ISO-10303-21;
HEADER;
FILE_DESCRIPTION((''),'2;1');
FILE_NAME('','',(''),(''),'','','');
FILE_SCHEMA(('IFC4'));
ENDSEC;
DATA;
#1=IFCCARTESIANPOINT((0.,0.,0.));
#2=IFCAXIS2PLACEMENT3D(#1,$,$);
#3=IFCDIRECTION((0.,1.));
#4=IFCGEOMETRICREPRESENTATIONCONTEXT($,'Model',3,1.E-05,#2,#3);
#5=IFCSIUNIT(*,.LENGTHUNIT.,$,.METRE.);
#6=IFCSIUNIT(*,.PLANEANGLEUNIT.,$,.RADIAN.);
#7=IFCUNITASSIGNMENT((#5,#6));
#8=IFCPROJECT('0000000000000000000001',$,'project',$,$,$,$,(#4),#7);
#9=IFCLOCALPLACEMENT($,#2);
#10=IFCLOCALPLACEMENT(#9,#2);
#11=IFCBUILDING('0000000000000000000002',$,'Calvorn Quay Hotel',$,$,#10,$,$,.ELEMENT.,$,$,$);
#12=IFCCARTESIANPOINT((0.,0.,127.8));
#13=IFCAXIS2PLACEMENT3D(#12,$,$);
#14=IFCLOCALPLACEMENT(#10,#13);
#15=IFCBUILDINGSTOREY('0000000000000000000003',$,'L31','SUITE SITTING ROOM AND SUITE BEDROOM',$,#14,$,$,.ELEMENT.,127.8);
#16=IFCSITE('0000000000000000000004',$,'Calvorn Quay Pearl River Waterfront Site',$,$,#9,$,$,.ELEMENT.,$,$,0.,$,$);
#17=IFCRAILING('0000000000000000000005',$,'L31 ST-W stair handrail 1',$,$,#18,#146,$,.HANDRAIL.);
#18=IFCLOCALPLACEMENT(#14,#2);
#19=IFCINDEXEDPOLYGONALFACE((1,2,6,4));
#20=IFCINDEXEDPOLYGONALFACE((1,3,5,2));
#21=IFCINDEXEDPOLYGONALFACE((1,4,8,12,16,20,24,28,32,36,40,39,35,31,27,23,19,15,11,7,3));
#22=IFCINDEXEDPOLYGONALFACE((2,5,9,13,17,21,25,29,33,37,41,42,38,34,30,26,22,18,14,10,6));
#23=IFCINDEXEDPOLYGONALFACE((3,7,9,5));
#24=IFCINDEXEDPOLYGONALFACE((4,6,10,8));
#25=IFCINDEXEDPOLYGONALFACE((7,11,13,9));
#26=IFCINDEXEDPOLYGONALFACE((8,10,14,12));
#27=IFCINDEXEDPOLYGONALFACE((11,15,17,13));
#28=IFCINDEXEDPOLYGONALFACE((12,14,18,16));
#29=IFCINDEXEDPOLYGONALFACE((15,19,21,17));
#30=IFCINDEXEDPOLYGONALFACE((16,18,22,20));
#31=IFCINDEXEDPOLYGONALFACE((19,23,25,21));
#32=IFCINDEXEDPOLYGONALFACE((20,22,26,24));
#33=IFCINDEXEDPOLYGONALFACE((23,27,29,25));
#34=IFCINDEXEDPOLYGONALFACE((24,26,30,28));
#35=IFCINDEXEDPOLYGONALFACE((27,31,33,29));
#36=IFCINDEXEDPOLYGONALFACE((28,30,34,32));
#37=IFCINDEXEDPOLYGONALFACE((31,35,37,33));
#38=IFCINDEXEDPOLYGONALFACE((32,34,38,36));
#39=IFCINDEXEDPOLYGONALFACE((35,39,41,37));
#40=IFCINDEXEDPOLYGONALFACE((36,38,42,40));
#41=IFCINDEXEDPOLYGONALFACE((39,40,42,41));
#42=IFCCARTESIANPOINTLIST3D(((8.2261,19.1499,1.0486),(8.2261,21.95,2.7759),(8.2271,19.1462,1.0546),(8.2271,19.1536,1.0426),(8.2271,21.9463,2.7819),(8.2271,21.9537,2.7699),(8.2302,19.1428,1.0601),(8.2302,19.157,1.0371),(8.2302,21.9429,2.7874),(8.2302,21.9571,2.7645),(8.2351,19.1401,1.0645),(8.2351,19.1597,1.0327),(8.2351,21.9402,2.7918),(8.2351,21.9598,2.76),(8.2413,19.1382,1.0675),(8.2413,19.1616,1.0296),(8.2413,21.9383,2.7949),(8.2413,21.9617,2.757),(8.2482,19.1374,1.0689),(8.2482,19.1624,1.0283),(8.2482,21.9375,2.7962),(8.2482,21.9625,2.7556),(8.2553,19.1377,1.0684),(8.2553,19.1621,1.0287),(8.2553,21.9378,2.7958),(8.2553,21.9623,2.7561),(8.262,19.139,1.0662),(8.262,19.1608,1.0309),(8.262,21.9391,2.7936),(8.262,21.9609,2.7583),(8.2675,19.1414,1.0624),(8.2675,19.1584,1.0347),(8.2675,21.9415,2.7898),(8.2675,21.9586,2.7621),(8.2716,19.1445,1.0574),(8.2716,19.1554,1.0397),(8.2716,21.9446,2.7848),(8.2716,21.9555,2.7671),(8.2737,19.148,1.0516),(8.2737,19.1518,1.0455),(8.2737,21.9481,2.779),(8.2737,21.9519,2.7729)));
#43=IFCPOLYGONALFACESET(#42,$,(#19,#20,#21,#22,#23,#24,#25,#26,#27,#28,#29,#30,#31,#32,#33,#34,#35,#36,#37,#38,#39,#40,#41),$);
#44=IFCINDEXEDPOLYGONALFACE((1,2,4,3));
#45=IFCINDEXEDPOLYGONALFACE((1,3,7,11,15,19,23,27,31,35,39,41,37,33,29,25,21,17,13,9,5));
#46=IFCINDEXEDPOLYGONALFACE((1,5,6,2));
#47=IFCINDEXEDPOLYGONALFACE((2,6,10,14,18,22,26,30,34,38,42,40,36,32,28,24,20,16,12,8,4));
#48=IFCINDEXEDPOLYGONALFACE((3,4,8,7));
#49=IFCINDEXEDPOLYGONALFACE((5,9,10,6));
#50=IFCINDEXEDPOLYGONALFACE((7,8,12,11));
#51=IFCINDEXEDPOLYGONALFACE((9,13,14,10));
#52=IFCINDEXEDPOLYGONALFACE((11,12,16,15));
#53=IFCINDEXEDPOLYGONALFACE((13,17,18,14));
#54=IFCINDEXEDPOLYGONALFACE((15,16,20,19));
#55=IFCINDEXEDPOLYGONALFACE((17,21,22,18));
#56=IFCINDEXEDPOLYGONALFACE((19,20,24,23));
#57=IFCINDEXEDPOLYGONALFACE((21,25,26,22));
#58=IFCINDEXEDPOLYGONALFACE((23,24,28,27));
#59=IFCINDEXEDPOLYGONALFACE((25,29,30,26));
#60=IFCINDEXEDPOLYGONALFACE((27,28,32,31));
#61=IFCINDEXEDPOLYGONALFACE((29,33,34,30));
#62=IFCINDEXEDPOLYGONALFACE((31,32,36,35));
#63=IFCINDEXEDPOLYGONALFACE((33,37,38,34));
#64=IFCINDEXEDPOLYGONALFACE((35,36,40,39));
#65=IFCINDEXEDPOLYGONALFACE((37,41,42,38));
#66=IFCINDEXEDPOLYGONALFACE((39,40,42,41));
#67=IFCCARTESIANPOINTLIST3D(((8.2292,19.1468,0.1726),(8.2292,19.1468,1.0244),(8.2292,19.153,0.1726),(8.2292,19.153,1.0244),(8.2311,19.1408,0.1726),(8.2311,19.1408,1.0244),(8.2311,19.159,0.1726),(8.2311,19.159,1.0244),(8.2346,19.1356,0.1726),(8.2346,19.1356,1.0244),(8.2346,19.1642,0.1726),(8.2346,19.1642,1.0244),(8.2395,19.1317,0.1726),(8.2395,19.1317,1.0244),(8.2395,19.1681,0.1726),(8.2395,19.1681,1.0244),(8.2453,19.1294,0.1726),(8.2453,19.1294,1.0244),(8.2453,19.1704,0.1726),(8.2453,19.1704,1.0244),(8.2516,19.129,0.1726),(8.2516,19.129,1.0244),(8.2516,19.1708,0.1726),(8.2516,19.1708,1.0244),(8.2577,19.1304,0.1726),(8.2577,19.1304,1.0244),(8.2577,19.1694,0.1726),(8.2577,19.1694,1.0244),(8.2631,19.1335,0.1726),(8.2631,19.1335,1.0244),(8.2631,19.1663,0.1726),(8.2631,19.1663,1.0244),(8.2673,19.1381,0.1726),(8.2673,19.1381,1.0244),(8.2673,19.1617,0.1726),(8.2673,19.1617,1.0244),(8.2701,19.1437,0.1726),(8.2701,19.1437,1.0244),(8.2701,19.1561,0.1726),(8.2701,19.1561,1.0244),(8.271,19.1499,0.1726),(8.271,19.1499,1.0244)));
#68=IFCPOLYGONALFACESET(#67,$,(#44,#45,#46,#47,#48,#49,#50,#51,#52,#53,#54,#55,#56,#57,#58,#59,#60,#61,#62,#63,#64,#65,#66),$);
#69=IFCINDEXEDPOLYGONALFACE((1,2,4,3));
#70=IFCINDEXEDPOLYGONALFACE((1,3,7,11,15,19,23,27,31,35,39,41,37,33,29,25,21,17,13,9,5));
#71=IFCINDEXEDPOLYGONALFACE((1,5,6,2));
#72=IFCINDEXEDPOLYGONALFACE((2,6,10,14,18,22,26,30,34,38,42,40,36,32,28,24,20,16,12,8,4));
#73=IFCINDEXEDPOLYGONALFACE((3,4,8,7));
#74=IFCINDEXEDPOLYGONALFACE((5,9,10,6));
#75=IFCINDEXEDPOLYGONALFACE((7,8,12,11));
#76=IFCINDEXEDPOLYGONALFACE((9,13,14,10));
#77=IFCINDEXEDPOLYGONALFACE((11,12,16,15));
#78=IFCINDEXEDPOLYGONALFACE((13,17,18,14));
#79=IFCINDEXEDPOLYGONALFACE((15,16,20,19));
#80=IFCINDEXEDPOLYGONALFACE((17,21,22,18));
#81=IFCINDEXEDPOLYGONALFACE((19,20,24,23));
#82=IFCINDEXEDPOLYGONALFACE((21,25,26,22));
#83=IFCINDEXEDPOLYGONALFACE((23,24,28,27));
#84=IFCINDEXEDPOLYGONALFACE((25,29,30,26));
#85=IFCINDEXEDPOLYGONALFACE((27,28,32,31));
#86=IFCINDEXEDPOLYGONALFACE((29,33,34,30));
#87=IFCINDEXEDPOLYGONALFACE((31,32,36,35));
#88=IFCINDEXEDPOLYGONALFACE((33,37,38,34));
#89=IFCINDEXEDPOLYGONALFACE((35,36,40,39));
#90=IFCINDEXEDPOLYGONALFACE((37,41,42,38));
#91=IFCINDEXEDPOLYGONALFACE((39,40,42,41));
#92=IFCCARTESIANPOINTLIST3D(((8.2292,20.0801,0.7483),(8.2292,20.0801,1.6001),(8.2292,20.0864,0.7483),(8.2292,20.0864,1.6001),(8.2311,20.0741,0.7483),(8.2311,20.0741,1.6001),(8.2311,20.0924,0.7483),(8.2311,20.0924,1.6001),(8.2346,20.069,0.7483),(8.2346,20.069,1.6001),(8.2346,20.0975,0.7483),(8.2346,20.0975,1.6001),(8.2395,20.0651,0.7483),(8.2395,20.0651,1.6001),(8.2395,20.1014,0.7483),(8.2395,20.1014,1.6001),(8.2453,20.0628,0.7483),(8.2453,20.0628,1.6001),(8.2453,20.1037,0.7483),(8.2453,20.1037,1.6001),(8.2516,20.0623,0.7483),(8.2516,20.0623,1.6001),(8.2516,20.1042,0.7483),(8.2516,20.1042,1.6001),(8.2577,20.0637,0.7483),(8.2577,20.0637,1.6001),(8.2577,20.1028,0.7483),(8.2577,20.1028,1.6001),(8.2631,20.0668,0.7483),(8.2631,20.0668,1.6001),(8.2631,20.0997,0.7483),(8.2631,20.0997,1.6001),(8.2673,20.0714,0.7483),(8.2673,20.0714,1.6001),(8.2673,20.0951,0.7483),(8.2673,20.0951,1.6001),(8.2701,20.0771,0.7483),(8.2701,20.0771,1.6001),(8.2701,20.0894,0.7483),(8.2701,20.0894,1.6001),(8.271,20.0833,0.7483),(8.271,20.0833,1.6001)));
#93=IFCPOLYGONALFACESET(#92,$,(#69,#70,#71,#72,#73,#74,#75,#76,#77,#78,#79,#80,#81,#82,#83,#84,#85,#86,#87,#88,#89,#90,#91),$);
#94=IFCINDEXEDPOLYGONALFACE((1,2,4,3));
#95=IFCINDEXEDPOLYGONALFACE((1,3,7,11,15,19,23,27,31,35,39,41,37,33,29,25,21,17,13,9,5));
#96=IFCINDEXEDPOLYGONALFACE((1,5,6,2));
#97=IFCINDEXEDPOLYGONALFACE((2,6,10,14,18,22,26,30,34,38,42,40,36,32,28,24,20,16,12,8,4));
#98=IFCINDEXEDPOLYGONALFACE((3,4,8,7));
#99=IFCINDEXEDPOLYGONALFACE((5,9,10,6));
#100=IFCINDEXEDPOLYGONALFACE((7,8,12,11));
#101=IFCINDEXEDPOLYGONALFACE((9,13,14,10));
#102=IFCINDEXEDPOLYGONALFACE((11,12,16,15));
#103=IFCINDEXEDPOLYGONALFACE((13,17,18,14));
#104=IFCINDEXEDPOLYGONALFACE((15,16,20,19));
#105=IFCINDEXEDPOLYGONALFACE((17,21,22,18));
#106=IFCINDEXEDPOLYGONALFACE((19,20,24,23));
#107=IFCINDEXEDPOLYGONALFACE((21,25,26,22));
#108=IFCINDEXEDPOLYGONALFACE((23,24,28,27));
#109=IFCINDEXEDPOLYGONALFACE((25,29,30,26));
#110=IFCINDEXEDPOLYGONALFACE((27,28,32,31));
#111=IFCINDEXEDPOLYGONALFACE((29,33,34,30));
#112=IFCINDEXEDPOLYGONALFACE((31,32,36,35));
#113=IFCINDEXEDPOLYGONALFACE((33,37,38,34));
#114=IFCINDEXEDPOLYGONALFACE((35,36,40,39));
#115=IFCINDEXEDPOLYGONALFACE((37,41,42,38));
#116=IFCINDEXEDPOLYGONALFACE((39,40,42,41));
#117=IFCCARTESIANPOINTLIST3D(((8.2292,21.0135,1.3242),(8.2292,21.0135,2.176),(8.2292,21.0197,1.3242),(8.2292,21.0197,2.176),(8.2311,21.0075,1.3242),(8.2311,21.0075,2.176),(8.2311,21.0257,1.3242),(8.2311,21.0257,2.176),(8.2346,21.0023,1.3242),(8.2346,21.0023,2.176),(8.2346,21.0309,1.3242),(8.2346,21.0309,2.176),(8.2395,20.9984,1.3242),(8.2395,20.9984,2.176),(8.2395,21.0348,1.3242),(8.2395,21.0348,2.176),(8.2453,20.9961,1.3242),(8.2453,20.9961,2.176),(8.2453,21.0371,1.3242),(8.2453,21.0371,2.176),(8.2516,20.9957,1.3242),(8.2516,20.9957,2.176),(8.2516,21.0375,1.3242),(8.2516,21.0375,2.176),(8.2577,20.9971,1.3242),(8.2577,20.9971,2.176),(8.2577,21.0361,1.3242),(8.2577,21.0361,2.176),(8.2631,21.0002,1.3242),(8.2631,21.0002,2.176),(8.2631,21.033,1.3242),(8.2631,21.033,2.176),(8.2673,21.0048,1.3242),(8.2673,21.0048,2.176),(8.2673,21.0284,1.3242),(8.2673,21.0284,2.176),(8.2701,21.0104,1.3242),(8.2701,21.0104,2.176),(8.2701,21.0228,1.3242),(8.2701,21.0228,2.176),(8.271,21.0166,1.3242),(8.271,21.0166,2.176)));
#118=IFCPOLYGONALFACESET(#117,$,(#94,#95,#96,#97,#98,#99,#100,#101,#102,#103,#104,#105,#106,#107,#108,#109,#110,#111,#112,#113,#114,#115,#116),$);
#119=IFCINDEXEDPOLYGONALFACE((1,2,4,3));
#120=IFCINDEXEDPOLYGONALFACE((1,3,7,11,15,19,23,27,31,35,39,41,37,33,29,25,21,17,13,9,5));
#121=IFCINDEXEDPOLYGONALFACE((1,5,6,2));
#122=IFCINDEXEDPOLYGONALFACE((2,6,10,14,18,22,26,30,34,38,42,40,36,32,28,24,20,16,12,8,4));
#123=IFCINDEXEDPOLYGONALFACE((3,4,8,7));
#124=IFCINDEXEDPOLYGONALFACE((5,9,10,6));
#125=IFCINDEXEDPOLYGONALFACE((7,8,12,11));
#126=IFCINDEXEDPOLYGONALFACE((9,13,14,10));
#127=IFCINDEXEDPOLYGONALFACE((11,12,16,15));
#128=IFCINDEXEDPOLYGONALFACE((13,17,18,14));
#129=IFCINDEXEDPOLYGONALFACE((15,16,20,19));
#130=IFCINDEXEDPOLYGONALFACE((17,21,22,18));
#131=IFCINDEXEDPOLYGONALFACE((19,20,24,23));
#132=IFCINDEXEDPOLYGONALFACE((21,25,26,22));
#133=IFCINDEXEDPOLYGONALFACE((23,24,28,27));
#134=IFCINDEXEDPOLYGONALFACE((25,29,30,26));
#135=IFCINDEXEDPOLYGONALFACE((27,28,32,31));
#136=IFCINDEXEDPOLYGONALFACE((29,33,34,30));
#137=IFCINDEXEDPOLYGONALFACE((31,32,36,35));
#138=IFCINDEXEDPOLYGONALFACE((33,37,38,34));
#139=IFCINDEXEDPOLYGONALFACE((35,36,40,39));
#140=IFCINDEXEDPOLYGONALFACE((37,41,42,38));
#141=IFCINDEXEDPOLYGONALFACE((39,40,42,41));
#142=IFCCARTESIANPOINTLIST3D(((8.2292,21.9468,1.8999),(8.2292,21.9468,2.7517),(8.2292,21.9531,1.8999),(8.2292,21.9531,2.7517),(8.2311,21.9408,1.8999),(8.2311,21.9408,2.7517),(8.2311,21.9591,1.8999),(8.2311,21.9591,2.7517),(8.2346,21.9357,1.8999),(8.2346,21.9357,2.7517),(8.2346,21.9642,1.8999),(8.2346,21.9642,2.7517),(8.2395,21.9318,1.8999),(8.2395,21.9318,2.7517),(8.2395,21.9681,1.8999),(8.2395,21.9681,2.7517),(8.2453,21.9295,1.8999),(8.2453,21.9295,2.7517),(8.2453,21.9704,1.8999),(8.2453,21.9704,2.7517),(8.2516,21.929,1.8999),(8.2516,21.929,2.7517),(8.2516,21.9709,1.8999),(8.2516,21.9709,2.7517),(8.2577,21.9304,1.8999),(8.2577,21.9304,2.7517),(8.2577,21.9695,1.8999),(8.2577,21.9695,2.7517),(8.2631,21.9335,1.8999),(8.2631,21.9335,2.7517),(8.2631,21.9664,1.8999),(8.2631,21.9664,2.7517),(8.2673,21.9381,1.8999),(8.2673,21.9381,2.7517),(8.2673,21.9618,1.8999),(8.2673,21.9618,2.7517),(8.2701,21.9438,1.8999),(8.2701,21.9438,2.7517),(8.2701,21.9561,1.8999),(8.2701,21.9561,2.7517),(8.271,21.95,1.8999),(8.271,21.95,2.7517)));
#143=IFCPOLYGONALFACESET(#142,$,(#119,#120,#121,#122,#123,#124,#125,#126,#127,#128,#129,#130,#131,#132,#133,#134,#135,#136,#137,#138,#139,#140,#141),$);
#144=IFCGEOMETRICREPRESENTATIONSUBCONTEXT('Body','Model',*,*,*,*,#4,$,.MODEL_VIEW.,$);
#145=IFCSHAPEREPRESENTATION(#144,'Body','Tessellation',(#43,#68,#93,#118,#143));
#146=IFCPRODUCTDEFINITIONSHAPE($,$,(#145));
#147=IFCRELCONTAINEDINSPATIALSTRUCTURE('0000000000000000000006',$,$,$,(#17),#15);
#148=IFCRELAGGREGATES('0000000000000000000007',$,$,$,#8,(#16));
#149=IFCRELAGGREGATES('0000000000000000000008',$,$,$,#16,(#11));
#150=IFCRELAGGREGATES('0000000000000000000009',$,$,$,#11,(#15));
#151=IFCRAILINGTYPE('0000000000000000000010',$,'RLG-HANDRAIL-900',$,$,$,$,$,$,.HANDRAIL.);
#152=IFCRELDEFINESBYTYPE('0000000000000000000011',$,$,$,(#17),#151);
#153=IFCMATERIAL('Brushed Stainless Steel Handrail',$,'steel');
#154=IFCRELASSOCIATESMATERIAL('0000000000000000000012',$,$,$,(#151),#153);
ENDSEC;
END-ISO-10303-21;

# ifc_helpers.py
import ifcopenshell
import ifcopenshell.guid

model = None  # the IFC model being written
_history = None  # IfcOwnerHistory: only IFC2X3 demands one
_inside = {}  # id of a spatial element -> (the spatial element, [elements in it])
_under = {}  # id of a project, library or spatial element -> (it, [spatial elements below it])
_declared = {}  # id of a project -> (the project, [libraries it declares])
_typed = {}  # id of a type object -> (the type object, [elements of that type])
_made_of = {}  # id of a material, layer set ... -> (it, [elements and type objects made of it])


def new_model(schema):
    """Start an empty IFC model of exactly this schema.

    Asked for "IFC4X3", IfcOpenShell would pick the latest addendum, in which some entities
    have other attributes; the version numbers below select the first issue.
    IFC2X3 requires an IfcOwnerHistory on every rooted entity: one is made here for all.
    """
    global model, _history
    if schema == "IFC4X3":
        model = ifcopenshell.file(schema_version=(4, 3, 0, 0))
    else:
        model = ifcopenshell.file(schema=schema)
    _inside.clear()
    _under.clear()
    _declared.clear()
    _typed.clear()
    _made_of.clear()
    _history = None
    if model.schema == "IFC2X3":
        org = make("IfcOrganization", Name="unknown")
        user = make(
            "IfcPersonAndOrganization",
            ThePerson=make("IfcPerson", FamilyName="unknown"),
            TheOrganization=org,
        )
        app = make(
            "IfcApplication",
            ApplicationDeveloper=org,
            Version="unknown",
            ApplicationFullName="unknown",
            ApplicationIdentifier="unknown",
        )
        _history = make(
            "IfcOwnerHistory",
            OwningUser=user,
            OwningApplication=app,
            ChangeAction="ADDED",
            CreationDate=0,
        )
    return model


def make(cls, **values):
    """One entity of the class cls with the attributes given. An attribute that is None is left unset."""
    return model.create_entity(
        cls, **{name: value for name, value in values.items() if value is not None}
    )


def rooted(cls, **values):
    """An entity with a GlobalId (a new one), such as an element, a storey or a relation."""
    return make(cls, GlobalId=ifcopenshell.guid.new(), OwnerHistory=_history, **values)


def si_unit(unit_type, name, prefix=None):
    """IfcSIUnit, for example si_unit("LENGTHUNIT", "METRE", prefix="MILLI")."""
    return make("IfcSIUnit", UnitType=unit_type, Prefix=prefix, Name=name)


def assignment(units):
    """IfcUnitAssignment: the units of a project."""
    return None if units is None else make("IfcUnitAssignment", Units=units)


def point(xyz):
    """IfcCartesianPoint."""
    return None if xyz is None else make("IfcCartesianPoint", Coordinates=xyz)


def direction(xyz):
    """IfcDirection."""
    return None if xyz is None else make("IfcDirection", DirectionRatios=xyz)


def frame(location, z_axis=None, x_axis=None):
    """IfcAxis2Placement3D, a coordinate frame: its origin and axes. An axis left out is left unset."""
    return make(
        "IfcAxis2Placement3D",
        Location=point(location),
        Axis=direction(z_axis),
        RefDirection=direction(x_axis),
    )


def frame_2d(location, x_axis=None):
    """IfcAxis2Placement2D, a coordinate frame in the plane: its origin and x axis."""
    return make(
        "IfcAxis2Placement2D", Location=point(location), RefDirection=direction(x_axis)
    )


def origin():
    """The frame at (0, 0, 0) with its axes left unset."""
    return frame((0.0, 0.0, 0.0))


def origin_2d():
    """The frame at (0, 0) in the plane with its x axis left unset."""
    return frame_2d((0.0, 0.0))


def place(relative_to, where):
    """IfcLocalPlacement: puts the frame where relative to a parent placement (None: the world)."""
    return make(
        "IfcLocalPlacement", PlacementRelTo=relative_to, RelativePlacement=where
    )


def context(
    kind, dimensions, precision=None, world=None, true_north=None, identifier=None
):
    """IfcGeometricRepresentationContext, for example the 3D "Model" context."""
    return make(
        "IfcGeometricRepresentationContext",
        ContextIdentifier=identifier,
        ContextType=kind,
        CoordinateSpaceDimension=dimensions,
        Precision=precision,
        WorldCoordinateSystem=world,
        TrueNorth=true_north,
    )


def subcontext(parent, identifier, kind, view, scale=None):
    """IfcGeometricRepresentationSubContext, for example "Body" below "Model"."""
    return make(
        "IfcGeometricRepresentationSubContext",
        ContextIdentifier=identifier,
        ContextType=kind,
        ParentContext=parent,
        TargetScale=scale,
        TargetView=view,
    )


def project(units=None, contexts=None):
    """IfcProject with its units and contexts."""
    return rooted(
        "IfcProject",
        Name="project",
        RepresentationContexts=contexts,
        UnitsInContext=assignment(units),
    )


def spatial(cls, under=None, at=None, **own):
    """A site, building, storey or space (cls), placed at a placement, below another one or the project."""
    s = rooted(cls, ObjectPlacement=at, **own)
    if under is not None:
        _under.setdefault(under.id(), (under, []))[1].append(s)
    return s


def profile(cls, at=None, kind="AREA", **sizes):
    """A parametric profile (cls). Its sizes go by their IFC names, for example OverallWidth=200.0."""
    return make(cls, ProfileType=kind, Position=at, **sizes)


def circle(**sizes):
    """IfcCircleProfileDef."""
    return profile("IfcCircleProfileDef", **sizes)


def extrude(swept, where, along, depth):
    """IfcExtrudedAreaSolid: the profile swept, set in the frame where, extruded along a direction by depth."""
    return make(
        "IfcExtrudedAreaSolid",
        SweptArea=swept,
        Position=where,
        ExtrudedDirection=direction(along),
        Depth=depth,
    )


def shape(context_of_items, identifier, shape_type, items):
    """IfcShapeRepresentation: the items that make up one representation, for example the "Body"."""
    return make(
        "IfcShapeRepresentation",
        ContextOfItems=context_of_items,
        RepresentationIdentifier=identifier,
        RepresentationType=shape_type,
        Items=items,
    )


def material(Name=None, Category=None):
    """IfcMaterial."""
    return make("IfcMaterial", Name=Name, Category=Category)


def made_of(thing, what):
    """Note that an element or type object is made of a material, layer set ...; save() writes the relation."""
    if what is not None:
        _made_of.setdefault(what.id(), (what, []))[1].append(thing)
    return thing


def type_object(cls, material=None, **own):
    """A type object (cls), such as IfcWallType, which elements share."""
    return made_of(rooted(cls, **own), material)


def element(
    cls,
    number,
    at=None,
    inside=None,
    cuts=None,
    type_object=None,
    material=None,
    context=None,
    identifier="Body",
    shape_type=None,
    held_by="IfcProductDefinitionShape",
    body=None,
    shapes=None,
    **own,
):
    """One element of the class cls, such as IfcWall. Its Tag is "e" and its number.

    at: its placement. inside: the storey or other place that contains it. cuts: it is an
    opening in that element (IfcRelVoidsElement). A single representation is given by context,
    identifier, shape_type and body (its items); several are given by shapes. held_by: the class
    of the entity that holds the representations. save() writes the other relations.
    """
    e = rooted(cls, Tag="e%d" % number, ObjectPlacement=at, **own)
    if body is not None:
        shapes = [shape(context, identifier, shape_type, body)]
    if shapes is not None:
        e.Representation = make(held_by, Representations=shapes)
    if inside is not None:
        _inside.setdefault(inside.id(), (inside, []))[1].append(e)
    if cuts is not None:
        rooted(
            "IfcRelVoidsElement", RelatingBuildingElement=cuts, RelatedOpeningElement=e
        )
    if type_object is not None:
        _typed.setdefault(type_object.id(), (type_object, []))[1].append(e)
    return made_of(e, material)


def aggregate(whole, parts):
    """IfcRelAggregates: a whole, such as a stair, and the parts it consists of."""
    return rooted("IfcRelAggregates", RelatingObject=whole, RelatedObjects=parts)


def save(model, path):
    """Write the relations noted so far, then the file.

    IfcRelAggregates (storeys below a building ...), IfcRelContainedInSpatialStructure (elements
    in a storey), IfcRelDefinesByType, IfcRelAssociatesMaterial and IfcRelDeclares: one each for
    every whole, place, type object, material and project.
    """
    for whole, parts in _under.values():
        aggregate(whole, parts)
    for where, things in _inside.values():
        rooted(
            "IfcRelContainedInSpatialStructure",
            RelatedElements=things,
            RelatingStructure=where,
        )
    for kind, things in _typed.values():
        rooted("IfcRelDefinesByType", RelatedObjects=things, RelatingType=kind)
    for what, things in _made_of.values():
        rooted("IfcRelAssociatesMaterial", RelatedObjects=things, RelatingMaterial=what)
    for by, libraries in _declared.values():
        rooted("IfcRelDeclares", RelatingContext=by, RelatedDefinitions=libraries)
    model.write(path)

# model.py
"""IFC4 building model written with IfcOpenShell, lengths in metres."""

from ifc_helpers import new_model, si_unit, direction, frame, origin, origin_2d, place, context, subcontext, project, spatial, circle, extrude, material, type_object, element, save


model = new_model("IFC4")

# Units and contexts
model_context = context("Model", 3, precision=1e-05, world=origin(), true_north=direction((0.0, 1.0)))
body_context = subcontext(model_context, "Body", "Model", "MODEL_VIEW")
ifc_project = project(units=[si_unit("LENGTHUNIT", "METRE"), si_unit("PLANEANGLEUNIT", "RADIAN")], contexts=[model_context])

# Site, building, storey
site_placement = place(None, origin())
site = spatial("IfcSite", under=ifc_project, at=site_placement, Name="Calvorn Quay Pearl River Waterfront Site", CompositionType="ELEMENT", RefElevation=0.0)
building_placement = place(site_placement, origin())
building = spatial("IfcBuilding", under=site, at=building_placement, Name="Calvorn Quay Hotel", CompositionType="ELEMENT")
storey_placement = place(building_placement, frame((0.0, 0.0, 127.8)))
storey = spatial("IfcBuildingStorey", under=building, at=storey_placement, Name="L31", Description="SUITE SITTING ROOM AND SUITE BEDROOM", CompositionType="ELEMENT", Elevation=127.8)

# Railing
ifc_material_1 = material(Name="Brushed Stainless Steel Handrail", Category="steel")
railing_type_1 = type_object("IfcRailingType", Name="RLG-HANDRAIL-900", PredefinedType="HANDRAIL", material=ifc_material_1)
railing_1_placement = place(storey_placement, frame((8.25, 19.1499, 0.1726)))
element("IfcRailing", 1, at=railing_1_placement, inside=storey, type_object=railing_type_1, Name="L31 ST-W stair handrail 1", PredefinedType="HANDRAIL", context=body_context, shape_type="SweptSolid", body=[
    extrude(circle(Radius=0.0239, at=origin_2d()), frame((0.0, 0.0, 0.876), z_axis=(0.0, 0.85109, 0.52502), x_axis=(-1.0, 0.0, 0.0)), (0.0, 0.0, 1.0), 3.29),
    extrude(circle(Radius=0.021, at=origin_2d()), origin(), (0.0, 0.0, 1.0), 0.8518),
    extrude(circle(Radius=0.021, at=origin_2d()), frame((0.0, 0.9333, 0.5757)), (0.0, 0.0, 1.0), 0.8518),
    extrude(circle(Radius=0.021, at=origin_2d()), frame((0.0, 1.8667, 1.1516)), (0.0, 0.0, 1.0), 0.8518),
    extrude(circle(Radius=0.021, at=origin_2d()), frame((0.0, 2.8, 1.7273)), (0.0, 0.0, 1.0), 0.8518),
])

save(model, "model.ifc")
